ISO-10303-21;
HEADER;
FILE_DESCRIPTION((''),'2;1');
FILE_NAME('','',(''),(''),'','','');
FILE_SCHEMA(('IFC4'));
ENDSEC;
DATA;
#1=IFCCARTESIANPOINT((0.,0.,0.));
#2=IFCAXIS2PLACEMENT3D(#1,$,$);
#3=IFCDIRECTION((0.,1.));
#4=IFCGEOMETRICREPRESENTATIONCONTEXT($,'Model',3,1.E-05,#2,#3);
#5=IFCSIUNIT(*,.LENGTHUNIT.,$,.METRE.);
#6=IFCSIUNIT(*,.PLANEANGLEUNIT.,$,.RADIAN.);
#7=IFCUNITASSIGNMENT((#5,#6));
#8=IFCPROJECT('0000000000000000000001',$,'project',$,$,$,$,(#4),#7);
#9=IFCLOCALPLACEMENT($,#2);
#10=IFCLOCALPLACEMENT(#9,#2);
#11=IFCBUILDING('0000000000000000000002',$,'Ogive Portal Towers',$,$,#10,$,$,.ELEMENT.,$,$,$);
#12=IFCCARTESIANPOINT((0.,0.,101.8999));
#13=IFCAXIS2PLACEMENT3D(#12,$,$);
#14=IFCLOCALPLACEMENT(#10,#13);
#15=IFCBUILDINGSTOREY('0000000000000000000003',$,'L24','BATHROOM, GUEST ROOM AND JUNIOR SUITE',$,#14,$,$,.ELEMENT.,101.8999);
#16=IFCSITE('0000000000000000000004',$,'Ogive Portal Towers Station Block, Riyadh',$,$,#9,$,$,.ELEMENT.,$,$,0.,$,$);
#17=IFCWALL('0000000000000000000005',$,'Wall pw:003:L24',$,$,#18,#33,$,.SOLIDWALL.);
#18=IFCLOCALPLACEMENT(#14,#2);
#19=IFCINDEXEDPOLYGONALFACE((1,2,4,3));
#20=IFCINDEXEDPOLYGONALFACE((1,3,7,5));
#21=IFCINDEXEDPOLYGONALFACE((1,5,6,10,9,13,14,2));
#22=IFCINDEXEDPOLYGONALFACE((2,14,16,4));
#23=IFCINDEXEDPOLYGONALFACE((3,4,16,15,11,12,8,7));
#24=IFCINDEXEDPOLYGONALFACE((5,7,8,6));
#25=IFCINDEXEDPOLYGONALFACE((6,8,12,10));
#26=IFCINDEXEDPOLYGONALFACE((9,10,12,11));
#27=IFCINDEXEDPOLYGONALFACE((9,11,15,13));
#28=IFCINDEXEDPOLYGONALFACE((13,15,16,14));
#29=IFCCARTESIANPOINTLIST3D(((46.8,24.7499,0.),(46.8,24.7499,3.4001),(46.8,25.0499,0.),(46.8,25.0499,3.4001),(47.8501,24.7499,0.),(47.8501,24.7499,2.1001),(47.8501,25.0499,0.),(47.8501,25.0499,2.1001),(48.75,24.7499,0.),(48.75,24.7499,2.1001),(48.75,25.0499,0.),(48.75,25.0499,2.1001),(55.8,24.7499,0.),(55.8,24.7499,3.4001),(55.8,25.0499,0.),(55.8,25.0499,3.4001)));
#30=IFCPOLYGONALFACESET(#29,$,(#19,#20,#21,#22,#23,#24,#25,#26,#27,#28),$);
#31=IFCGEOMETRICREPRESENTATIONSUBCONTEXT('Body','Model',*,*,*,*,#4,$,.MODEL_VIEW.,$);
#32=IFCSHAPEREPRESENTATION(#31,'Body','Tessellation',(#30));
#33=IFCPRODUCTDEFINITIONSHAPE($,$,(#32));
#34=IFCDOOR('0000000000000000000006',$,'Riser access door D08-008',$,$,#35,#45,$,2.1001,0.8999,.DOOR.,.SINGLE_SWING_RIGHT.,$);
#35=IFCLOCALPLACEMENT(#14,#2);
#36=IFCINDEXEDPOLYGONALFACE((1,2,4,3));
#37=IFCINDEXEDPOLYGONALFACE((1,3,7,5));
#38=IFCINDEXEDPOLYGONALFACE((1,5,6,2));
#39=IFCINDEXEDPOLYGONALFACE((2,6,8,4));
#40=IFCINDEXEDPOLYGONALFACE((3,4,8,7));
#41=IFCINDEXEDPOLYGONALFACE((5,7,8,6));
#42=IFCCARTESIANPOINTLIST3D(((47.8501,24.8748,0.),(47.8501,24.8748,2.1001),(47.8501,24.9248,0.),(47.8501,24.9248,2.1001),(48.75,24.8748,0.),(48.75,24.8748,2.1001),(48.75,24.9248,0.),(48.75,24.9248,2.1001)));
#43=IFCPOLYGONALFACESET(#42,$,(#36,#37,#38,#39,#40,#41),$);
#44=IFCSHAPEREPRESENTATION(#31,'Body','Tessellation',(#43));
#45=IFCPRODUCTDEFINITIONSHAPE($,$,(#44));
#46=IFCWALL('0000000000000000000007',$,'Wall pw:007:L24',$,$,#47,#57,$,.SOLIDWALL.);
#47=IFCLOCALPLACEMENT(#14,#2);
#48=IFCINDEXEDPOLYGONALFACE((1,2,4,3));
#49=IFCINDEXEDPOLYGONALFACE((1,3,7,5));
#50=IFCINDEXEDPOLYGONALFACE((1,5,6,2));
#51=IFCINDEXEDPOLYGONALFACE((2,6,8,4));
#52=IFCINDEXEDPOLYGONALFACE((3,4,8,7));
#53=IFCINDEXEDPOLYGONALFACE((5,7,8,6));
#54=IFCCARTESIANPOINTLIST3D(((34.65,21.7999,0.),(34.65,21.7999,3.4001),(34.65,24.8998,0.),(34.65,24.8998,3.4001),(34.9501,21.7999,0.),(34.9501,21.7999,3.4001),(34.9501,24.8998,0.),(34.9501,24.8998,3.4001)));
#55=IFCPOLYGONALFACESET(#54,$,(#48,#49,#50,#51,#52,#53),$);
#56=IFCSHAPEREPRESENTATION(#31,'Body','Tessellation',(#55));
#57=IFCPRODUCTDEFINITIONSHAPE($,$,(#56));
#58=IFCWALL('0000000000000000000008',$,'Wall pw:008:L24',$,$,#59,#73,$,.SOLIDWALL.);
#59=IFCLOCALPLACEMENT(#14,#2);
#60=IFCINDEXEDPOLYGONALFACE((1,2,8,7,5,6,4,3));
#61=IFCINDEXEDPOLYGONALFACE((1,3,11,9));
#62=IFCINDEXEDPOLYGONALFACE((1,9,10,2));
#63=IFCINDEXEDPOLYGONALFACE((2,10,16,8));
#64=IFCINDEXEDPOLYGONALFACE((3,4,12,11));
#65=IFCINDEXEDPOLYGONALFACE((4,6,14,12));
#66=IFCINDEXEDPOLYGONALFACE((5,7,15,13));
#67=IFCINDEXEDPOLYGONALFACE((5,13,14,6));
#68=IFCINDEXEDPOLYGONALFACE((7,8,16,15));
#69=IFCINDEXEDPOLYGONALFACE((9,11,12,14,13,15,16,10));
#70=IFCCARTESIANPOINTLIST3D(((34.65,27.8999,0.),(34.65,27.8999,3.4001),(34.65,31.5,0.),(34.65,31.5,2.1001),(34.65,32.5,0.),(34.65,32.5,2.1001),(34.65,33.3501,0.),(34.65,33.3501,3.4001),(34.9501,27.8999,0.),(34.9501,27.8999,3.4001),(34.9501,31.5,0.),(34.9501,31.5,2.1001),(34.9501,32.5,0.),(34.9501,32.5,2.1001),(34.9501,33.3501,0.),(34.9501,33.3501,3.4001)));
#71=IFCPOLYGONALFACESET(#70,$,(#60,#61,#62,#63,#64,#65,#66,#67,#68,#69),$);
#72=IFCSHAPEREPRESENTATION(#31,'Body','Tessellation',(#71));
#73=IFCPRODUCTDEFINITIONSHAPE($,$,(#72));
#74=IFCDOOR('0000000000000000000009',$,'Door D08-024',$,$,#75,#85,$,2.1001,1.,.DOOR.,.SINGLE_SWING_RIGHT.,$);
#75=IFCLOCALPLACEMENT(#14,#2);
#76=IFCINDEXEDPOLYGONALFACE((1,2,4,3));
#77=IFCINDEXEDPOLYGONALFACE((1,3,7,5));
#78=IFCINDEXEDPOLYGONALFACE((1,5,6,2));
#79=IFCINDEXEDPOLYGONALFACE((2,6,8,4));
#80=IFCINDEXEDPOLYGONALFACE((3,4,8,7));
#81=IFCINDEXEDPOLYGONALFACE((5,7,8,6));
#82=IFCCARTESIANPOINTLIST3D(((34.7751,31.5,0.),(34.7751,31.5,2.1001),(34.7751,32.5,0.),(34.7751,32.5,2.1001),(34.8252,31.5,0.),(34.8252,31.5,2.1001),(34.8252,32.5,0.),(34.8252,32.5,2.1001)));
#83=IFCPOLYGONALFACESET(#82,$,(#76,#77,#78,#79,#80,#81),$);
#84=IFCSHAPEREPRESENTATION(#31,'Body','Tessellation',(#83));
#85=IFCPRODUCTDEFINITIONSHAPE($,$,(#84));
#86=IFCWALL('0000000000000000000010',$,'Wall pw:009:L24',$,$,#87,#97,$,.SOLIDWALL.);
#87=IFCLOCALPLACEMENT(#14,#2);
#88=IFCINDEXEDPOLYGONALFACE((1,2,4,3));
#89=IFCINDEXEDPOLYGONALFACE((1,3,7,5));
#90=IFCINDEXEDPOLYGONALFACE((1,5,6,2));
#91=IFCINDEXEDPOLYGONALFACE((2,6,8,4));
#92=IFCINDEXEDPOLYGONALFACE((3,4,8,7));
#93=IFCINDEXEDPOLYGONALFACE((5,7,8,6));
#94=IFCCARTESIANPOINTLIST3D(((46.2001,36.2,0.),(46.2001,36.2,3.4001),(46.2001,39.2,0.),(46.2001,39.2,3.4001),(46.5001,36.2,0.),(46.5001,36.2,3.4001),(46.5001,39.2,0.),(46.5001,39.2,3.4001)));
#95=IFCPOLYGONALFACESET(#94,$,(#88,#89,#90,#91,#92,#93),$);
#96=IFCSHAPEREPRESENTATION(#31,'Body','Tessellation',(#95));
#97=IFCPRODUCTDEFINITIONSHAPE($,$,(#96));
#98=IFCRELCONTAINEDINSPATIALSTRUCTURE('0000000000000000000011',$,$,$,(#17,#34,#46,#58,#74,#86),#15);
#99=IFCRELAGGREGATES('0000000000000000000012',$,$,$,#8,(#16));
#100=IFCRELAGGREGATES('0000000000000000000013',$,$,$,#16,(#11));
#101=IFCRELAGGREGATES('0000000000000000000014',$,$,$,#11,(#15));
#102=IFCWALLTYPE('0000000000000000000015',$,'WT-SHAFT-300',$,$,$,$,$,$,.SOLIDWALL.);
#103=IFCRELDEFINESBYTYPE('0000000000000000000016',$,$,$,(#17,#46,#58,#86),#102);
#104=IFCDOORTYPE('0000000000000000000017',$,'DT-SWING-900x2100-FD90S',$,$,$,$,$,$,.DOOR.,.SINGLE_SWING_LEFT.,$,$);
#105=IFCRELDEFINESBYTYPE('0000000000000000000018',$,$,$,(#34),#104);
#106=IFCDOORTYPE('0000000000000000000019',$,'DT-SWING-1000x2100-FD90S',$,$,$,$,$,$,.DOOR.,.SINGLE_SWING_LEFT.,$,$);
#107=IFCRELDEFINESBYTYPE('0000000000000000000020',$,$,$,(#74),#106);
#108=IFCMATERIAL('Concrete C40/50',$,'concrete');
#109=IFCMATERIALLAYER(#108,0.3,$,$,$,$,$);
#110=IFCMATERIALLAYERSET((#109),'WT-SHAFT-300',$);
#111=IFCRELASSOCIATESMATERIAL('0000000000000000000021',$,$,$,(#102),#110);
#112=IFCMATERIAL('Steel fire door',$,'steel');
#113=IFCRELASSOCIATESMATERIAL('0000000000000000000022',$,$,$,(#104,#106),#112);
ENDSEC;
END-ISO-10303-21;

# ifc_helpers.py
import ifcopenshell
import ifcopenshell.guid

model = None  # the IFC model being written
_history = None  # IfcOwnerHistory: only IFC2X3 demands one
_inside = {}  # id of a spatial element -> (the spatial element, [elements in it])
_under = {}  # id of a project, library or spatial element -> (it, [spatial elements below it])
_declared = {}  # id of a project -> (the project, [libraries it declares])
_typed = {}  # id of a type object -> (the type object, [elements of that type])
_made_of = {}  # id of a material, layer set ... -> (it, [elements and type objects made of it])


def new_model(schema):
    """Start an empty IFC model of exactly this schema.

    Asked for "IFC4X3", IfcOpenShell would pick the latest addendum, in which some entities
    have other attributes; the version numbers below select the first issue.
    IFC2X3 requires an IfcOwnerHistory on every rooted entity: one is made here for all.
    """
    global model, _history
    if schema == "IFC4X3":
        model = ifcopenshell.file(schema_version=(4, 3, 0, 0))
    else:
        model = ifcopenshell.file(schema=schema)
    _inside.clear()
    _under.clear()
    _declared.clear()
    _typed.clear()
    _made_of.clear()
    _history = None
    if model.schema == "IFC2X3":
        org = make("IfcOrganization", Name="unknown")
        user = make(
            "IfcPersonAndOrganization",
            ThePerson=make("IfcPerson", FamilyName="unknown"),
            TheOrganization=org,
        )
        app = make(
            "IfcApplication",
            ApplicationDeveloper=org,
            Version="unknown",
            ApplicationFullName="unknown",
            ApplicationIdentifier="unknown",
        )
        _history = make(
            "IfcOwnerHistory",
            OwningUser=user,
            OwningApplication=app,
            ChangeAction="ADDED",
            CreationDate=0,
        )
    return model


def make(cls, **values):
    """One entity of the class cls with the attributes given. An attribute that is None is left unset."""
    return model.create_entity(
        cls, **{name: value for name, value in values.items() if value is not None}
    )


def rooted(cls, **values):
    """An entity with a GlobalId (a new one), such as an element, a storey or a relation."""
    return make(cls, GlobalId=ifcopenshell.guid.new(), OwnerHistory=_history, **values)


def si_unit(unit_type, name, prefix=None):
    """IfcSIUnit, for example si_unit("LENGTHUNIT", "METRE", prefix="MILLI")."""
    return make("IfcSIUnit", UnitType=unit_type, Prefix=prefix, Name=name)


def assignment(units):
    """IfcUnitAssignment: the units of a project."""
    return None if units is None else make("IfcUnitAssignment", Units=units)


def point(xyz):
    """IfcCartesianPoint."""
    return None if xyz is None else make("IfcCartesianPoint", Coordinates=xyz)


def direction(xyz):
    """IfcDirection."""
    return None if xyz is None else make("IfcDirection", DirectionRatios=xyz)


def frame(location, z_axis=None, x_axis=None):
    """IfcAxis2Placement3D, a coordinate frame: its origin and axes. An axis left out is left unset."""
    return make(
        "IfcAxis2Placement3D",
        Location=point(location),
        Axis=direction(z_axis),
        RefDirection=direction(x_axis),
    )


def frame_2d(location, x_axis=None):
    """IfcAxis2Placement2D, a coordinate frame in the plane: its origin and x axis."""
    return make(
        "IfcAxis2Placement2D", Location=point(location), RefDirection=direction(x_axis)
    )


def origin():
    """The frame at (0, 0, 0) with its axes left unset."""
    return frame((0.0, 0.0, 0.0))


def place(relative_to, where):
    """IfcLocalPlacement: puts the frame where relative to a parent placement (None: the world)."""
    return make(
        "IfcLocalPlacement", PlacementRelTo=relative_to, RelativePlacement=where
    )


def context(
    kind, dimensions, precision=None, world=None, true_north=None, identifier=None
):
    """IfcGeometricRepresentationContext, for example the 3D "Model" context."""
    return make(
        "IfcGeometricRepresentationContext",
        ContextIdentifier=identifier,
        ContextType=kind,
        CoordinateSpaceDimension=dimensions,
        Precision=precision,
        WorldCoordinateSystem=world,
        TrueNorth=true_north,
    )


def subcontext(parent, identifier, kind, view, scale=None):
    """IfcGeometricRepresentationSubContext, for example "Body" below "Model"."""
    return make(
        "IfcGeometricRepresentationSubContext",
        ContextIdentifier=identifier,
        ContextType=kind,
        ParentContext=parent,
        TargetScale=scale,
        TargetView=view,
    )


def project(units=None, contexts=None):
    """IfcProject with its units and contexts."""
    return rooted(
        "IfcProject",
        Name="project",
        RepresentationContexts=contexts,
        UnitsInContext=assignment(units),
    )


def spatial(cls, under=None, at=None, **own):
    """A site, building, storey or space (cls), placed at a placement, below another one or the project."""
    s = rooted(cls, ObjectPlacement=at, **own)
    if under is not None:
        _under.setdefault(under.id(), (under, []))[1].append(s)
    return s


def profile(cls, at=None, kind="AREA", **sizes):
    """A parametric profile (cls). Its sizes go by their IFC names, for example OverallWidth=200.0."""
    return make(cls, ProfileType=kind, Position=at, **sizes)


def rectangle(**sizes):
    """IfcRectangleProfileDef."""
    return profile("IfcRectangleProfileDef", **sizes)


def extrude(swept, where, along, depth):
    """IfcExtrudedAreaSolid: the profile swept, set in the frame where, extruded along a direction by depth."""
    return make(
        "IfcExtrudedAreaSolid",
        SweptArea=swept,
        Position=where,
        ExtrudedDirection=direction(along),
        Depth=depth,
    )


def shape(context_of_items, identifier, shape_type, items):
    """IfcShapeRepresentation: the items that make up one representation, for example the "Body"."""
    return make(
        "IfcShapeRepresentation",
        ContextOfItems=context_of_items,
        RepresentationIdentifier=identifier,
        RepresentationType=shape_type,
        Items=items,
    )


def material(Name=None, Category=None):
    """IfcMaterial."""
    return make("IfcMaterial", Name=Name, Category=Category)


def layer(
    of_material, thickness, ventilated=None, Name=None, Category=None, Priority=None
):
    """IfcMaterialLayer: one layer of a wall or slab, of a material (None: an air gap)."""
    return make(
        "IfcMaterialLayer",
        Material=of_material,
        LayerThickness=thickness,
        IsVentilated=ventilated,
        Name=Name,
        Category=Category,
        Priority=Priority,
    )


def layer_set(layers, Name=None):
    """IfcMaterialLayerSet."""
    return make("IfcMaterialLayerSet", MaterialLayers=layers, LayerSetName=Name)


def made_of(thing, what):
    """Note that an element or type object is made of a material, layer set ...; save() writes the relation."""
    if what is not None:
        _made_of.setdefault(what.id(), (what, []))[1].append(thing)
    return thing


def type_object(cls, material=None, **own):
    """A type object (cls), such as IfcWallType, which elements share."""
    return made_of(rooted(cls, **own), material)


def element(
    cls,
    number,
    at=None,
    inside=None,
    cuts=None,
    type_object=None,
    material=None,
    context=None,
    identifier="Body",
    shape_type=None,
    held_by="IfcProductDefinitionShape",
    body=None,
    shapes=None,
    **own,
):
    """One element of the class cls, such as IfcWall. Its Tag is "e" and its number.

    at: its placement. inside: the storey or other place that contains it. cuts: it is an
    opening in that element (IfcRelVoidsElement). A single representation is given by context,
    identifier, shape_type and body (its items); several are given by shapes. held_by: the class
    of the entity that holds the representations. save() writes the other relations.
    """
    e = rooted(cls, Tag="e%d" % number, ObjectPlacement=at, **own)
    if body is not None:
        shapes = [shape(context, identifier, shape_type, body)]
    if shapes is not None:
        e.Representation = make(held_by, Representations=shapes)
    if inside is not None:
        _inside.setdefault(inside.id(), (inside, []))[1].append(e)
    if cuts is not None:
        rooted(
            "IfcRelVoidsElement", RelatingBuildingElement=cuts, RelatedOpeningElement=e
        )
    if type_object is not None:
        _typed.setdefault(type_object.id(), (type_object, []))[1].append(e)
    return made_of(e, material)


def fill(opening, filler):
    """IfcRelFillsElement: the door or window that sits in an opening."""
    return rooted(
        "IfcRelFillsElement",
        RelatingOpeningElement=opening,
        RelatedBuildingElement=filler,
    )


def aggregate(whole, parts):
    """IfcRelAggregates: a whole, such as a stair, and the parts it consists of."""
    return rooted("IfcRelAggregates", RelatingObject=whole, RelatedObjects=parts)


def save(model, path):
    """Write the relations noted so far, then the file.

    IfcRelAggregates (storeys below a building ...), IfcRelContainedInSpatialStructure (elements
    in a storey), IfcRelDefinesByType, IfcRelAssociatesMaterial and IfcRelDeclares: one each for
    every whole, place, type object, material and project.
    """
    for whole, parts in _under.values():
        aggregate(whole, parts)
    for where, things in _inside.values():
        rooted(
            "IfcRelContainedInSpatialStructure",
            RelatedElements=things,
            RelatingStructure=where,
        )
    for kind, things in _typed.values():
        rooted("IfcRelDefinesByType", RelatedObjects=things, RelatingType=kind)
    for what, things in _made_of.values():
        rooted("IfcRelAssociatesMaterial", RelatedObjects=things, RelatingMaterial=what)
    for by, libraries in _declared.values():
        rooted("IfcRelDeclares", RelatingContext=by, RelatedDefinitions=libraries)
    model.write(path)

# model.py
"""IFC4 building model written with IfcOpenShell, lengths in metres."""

from ifc_helpers import new_model, si_unit, direction, frame, frame_2d, origin, place, context, subcontext, project, spatial, rectangle, extrude, material, layer, layer_set, type_object, element, fill, save


model = new_model("IFC4")

# Units and contexts
model_context = context("Model", 3, precision=1e-05, world=origin(), true_north=direction((0.0, 1.0)))
body_context = subcontext(model_context, "Body", "Model", "MODEL_VIEW")
ifc_project = project(units=[si_unit("LENGTHUNIT", "METRE"), si_unit("PLANEANGLEUNIT", "RADIAN")], contexts=[model_context])

# Site, building, storey
site_placement = place(None, origin())
site = spatial("IfcSite", under=ifc_project, at=site_placement, Name="Ogive Portal Towers Station Block, Riyadh", CompositionType="ELEMENT", RefElevation=0.0)
building_placement = place(site_placement, origin())
building = spatial("IfcBuilding", under=site, at=building_placement, Name="Ogive Portal Towers", CompositionType="ELEMENT")
storey_placement = place(building_placement, frame((0.0, 0.0, 101.8999)))
storey = spatial("IfcBuildingStorey", under=building, at=storey_placement, Name="L24", Description="BATHROOM, GUEST ROOM AND JUNIOR SUITE", CompositionType="ELEMENT", Elevation=101.8999)

# Shared definitions
ifc_material_1 = material(Name="Steel fire door", Category="steel")

# Wall, opening, door
ifc_material_2 = material(Name="Concrete C40/50", Category="concrete")
ifc_layer_1 = layer(ifc_material_2, 0.3)
ifc_layer_set_1 = layer_set([ifc_layer_1], Name="WT-SHAFT-300")
wall_type_1 = type_object("IfcWallType", Name="WT-SHAFT-300", PredefinedType="SOLIDWALL", material=ifc_layer_set_1)
wall_1_placement = place(storey_placement, frame((46.8, 24.8999, 0.0), z_axis=(0.0, 0.0, 1.0), x_axis=(1.0, 0.0, 0.0)))
wall_1 = element("IfcWall", 1, at=wall_1_placement, inside=storey, type_object=wall_type_1, Name="Wall pw:003:L24", PredefinedType="SOLIDWALL", context=body_context, shape_type="SweptSolid", body=[
    extrude(rectangle(XDim=9.0, YDim=0.3, at=frame_2d((4.5, 0.0))), origin(), (0.0, 0.0, 1.0), 3.4001),
])
opening_1_placement = place(wall_1_placement, frame((1.05, 0.0, 0.0)))
opening_1 = element("IfcOpeningElement", 2, at=opening_1_placement, cuts=wall_1, PredefinedType="OPENING", context=body_context, shape_type="SweptSolid", body=[
    extrude(rectangle(XDim=0.8999, YDim=2.1001, at=frame_2d((0.45, 1.05))), frame((0.0, 0.1602, 0.0), z_axis=(0.0, -1.0, 0.0), x_axis=(1.0, 0.0, 0.0)), (0.0, 0.0, 1.0), 0.3201),
])
door_type_1 = type_object("IfcDoorType", Name="DT-SWING-900x2100-FD90S", OperationType="SINGLE_SWING_LEFT", PredefinedType="DOOR", material=ifc_material_1)
door_1_placement = place(opening_1_placement, origin())
door_1 = element("IfcDoor", 3, at=door_1_placement, inside=storey, type_object=door_type_1, Name="Riser access door D08-008", OperationType="SINGLE_SWING_RIGHT", OverallHeight=2.1001, OverallWidth=0.8999, PredefinedType="DOOR", context=body_context, shape_type="SweptSolid", body=[
    extrude(rectangle(XDim=0.8999, YDim=2.1001, at=frame_2d((0.45, 1.05))), frame((0.0, 0.0249, 0.0), z_axis=(0.0, -1.0, 0.0), x_axis=(1.0, 0.0, 0.0)), (0.0, 0.0, 1.0), 0.05),
])
fill(opening_1, door_1)

# Wall
wall_2_placement = place(storey_placement, frame((34.8, 21.8, 0.0), z_axis=(0.0, 0.0, 1.0), x_axis=(0.0, 1.0, 0.0)))
element("IfcWall", 4, at=wall_2_placement, inside=storey, type_object=wall_type_1, Name="Wall pw:007:L24", PredefinedType="SOLIDWALL", context=body_context, shape_type="SweptSolid", body=[
    extrude(rectangle(XDim=3.0999, YDim=0.3, at=frame_2d((1.5498, 0.0))), origin(), (0.0, 0.0, 1.0), 3.4001),
])

# Wall, opening, door
wall_3_placement = place(storey_placement, frame((34.8, 27.8999, 0.0), z_axis=(0.0, 0.0, 1.0), x_axis=(0.0, 1.0, 0.0)))
wall_3 = element("IfcWall", 5, at=wall_3_placement, inside=storey, type_object=wall_type_1, Name="Wall pw:008:L24", PredefinedType="SOLIDWALL", context=body_context, shape_type="SweptSolid", body=[
    extrude(rectangle(XDim=5.4502, YDim=0.3, at=frame_2d((2.7251, 0.0))), origin(), (0.0, 0.0, 1.0), 3.4001),
])
opening_2_placement = place(wall_3_placement, frame((3.6001, 0.0, 0.0)))
opening_2 = element("IfcOpeningElement", 6, at=opening_2_placement, cuts=wall_3, PredefinedType="OPENING", context=body_context, shape_type="SweptSolid", body=[
    extrude(rectangle(XDim=1.0, YDim=2.1001, at=frame_2d((0.5, 1.05))), frame((0.0, 0.1602, 0.0), z_axis=(0.0, -1.0, 0.0), x_axis=(1.0, 0.0, 0.0)), (0.0, 0.0, 1.0), 0.3201),
])
door_type_2 = type_object("IfcDoorType", Name="DT-SWING-1000x2100-FD90S", OperationType="SINGLE_SWING_LEFT", PredefinedType="DOOR", material=ifc_material_1)
door_2_placement = place(opening_2_placement, origin())
door_2 = element("IfcDoor", 7, at=door_2_placement, inside=storey, type_object=door_type_2, Name="Door D08-024", OperationType="SINGLE_SWING_RIGHT", OverallHeight=2.1001, OverallWidth=1.0, PredefinedType="DOOR", context=body_context, shape_type="SweptSolid", body=[
    extrude(rectangle(XDim=1.0, YDim=2.1001, at=frame_2d((0.5, 1.05))), frame((0.0, 0.0249, 0.0), z_axis=(0.0, -1.0, 0.0), x_axis=(1.0, 0.0, 0.0)), (0.0, 0.0, 1.0), 0.05),
])
fill(opening_2, door_2)

# Wall
wall_4_placement = place(storey_placement, frame((46.3501, 36.2, 0.0), z_axis=(0.0, 0.0, 1.0), x_axis=(0.0, 1.0, 0.0)))
element("IfcWall", 8, at=wall_4_placement, inside=storey, type_object=wall_type_1, Name="Wall pw:009:L24", PredefinedType="SOLIDWALL", context=body_context, shape_type="SweptSolid", body=[
    extrude(rectangle(XDim=3.0, YDim=0.3, at=frame_2d((1.5, 0.0))), origin(), (0.0, 0.0, 1.0), 3.4001),
])

save(model, "model.ifc")
